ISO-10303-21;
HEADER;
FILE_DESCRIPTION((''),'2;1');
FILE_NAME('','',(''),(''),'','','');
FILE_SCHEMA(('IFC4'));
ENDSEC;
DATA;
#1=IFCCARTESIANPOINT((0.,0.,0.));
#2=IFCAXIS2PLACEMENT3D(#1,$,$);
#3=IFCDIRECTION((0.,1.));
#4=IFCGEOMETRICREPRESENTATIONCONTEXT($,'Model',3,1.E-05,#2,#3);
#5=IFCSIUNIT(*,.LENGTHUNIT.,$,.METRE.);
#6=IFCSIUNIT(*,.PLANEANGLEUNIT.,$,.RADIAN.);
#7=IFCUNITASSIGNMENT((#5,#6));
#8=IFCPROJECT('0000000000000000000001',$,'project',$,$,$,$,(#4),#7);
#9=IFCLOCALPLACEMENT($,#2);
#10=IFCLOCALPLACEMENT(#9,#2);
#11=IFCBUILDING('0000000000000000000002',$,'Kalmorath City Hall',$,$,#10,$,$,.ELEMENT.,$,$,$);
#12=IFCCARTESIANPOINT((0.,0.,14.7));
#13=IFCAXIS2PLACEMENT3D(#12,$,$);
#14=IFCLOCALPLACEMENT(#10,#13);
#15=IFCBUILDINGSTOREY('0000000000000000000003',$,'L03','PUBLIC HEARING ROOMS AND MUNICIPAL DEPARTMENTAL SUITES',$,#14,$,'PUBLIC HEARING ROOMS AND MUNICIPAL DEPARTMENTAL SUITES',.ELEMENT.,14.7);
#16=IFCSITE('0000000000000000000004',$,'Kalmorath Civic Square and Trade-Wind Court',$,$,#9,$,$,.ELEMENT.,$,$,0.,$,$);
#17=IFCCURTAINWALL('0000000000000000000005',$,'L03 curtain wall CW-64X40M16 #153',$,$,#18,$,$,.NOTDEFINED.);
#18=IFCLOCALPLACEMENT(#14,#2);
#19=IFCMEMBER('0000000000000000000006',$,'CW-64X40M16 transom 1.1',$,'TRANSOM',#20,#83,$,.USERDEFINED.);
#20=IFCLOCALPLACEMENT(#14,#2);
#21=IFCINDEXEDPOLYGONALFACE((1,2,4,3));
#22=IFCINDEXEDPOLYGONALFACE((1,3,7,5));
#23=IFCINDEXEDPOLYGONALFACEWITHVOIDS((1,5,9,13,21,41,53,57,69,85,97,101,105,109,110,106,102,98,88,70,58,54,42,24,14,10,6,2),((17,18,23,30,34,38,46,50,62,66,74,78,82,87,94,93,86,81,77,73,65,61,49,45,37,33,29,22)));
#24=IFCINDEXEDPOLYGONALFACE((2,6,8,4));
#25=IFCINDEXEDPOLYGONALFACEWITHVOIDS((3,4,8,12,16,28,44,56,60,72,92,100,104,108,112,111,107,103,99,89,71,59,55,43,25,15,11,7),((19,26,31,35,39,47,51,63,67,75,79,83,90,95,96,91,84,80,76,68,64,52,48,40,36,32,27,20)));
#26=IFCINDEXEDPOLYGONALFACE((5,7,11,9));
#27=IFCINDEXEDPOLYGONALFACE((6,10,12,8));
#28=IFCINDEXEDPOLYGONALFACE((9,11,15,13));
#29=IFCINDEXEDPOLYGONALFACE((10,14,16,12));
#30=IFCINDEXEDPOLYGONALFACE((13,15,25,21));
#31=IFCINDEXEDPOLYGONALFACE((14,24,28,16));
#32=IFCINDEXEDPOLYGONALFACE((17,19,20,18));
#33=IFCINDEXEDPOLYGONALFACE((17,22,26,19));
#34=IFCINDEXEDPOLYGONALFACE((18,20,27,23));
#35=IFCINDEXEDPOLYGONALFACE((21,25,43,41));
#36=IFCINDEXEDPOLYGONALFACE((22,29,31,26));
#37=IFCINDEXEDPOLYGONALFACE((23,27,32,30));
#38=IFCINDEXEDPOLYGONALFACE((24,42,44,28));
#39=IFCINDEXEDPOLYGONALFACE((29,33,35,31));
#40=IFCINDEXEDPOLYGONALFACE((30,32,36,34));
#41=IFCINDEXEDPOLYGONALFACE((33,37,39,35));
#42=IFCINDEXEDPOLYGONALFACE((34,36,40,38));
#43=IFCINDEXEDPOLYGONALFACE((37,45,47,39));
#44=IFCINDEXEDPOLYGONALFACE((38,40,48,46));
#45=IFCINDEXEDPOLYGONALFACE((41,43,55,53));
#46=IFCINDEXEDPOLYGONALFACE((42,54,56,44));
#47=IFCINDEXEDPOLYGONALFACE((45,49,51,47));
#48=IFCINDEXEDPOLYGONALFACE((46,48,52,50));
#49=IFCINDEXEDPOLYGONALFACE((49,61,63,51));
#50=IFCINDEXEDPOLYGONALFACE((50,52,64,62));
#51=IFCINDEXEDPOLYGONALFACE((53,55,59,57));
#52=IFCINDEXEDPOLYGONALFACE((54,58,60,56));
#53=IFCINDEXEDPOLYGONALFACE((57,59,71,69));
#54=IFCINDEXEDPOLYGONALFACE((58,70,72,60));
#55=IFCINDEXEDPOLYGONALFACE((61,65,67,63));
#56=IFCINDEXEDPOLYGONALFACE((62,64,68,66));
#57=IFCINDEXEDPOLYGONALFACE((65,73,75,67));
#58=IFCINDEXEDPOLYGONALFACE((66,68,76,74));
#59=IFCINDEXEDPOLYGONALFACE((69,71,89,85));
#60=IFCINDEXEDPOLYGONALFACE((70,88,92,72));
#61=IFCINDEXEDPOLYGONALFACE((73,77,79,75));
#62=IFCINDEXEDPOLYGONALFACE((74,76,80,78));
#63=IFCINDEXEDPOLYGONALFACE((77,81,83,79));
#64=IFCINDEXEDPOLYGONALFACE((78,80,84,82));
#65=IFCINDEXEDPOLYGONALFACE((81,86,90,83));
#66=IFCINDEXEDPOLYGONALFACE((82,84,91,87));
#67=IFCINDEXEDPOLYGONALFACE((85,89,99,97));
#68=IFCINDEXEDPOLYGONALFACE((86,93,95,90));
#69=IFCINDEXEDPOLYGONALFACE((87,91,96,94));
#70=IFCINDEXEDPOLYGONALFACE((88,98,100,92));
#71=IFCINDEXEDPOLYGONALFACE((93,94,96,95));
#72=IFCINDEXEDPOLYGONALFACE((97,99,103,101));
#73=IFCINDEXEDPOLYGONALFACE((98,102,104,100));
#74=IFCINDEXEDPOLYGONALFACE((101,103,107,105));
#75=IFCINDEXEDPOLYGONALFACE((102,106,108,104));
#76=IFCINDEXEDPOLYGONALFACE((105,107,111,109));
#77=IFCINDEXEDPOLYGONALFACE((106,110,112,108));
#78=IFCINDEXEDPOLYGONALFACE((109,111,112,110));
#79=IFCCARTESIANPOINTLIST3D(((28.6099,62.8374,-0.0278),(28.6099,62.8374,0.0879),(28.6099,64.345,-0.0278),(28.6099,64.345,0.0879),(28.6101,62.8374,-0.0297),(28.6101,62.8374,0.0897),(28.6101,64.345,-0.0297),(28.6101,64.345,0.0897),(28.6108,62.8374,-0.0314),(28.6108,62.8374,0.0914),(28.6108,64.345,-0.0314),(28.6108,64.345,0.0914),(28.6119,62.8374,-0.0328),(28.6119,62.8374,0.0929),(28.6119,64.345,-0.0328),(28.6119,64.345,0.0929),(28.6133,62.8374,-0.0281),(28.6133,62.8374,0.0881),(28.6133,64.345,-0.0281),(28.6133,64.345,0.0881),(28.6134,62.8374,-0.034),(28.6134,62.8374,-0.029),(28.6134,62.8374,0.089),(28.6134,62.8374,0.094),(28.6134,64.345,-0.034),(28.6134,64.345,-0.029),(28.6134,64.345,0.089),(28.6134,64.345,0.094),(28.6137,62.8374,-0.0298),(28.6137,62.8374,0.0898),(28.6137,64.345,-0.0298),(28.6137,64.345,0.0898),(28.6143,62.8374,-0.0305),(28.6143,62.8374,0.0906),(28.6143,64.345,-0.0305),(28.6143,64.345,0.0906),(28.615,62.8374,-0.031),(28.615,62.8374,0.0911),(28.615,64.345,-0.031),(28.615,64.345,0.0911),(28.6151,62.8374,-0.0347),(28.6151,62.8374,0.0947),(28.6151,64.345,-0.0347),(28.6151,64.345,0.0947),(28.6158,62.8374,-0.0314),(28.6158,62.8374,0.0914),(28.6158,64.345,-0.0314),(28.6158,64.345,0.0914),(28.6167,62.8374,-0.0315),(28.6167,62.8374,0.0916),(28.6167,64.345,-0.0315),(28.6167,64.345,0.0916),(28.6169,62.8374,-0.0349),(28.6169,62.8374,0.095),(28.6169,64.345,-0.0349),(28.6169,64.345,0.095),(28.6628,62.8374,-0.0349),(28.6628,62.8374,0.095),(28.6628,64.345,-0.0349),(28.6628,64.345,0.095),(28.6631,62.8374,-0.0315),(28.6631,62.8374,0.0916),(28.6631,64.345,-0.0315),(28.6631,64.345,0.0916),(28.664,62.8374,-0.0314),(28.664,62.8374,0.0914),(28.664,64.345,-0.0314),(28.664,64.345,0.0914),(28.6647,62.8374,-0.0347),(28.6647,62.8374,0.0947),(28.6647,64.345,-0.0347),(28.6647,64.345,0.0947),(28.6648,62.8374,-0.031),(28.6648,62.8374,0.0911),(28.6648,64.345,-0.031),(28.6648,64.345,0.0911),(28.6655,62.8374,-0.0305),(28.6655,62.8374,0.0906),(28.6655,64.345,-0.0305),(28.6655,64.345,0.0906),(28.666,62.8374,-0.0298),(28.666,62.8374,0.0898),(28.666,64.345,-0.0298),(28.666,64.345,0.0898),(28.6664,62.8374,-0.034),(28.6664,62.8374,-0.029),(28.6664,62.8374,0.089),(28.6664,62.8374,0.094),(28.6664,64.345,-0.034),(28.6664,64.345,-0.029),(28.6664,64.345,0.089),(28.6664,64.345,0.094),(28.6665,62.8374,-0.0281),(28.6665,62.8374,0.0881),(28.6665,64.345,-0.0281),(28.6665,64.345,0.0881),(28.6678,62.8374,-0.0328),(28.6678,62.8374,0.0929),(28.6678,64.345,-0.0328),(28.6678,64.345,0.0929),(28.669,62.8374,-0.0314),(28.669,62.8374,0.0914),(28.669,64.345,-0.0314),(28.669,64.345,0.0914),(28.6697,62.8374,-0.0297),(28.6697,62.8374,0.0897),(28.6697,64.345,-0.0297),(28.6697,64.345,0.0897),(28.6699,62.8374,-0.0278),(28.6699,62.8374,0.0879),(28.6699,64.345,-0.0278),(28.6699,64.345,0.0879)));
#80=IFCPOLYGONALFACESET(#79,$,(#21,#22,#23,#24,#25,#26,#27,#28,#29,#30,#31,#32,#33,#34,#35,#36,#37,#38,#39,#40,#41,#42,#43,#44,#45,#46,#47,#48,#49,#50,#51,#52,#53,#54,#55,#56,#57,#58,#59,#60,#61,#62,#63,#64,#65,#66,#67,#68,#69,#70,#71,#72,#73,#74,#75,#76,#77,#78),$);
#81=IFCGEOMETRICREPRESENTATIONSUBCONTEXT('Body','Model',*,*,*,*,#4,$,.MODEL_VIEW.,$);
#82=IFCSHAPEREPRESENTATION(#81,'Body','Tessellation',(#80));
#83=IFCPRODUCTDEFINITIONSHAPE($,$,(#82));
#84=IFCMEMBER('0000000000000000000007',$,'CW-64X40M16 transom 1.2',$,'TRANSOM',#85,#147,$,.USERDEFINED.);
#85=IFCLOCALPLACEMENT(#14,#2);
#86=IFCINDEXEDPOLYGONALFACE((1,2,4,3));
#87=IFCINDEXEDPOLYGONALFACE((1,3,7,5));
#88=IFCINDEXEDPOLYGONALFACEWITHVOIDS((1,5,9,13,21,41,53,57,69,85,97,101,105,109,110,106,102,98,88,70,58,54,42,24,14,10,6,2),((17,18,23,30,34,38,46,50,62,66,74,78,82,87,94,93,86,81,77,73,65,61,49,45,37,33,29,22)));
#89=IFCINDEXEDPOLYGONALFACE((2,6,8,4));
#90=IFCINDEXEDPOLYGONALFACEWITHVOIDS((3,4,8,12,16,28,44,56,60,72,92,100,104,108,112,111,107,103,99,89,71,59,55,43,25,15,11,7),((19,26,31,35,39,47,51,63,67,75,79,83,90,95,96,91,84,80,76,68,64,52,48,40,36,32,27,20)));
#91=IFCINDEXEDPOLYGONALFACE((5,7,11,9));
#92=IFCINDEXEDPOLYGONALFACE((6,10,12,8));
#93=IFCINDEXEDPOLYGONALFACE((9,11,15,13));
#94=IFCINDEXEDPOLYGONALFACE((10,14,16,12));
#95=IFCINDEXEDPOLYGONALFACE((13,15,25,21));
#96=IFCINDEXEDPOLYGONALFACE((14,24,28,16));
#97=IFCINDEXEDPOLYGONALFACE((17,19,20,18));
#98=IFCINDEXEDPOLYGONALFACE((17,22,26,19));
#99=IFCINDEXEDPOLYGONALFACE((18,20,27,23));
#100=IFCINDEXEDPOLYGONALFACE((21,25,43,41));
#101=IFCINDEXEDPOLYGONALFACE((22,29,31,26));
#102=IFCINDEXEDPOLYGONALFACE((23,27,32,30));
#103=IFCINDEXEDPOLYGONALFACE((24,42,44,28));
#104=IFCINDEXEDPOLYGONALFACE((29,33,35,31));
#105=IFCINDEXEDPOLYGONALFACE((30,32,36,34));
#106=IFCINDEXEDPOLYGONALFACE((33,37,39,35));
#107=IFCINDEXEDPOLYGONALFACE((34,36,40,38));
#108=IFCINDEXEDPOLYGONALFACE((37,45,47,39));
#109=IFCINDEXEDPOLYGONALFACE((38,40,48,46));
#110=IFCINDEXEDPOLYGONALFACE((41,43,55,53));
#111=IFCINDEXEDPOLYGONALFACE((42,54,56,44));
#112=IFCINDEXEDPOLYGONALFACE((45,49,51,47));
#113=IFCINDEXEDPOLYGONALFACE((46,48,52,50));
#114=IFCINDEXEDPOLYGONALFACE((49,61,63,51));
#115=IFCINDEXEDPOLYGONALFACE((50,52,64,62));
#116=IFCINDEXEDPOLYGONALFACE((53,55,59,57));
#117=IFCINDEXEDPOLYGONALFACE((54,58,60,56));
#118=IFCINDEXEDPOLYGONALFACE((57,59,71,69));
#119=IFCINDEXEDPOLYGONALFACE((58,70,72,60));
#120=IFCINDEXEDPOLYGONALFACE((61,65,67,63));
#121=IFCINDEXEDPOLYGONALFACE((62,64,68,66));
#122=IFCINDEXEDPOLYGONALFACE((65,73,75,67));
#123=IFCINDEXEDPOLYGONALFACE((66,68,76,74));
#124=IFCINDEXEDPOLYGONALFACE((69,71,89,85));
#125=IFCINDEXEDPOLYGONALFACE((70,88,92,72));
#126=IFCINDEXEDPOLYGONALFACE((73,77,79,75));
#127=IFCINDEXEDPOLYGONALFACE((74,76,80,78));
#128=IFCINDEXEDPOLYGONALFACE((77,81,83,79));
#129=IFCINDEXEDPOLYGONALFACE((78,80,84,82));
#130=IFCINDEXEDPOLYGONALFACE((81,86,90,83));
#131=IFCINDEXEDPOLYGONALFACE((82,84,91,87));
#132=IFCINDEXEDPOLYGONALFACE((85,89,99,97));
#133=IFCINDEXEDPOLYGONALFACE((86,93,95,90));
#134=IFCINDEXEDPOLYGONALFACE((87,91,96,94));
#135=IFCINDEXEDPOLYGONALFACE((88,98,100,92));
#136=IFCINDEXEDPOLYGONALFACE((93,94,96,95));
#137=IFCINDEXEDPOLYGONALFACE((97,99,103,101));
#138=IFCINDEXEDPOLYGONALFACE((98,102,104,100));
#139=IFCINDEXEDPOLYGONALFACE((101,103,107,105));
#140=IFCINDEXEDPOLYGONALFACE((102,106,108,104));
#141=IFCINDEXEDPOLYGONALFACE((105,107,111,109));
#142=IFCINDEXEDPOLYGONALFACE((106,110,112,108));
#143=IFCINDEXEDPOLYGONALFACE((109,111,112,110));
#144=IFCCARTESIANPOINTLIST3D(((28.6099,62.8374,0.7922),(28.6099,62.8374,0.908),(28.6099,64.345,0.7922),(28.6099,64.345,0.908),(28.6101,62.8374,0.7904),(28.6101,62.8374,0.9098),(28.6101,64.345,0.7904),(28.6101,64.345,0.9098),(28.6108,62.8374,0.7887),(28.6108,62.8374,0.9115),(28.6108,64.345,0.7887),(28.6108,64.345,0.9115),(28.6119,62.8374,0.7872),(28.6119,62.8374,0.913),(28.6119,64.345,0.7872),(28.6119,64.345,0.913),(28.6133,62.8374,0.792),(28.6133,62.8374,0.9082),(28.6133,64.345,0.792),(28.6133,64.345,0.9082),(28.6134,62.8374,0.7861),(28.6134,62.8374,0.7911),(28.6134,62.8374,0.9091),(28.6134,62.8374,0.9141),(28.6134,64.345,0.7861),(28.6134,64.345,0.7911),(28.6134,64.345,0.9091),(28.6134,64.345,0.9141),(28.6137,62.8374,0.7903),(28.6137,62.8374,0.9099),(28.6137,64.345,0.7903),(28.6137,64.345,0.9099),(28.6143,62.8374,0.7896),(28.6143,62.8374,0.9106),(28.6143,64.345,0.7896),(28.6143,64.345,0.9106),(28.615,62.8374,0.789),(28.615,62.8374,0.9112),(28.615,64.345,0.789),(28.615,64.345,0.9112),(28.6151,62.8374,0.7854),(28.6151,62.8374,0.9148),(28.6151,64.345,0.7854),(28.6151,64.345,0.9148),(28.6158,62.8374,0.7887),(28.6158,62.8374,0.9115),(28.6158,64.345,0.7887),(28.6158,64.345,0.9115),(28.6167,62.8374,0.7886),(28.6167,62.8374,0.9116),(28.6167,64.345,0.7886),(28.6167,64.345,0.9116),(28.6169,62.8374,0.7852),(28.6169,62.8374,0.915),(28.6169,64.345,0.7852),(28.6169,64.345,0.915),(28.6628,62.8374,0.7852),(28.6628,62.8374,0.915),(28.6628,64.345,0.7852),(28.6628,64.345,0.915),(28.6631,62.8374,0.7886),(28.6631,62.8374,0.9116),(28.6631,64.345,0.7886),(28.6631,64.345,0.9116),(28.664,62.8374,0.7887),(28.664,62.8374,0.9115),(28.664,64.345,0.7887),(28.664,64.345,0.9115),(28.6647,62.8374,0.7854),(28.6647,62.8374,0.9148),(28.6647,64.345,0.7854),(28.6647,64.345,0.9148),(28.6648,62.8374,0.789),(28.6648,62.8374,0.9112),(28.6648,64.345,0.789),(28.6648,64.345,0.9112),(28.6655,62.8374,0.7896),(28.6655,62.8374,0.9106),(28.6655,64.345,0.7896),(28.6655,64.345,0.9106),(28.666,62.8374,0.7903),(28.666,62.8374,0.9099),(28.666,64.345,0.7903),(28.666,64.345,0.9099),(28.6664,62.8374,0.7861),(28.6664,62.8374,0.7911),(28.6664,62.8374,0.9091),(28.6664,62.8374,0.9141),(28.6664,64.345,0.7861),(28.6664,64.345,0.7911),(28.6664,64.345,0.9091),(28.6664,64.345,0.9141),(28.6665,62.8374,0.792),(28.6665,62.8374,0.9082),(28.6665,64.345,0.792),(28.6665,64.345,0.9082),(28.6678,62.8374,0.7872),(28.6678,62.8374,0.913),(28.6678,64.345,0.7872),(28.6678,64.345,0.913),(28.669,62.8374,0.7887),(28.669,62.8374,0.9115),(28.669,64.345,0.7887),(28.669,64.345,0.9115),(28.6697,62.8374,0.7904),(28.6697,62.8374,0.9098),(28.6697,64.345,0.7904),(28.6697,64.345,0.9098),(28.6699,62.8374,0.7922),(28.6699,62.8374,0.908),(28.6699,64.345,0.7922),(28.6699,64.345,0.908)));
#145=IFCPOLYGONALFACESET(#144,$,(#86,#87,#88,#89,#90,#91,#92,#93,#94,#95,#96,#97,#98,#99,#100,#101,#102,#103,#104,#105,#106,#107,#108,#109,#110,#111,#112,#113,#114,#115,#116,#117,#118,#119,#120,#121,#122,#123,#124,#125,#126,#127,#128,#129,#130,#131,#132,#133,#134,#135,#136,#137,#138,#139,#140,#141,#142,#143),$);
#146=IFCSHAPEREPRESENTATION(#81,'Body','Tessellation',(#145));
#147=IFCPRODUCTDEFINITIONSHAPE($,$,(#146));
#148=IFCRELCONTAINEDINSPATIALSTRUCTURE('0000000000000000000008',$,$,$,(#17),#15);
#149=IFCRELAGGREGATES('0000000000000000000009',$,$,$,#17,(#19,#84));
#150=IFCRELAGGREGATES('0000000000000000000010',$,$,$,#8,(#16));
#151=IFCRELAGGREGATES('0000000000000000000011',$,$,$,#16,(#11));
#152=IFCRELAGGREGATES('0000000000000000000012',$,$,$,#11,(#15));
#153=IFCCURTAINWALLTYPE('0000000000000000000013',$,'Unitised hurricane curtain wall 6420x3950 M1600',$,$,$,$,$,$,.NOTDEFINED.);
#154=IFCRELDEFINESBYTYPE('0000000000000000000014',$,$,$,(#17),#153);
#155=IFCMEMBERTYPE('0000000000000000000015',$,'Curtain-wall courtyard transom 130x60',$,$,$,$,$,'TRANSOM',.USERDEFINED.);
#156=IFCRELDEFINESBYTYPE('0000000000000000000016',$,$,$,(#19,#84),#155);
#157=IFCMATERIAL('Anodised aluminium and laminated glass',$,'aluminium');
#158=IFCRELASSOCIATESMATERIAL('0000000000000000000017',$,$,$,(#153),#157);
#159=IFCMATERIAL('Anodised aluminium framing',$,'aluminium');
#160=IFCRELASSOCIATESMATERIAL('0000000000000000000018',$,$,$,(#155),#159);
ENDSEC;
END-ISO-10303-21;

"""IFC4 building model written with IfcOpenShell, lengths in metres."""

from ifc_helpers import new_model, si_unit, direction, frame, origin, origin_2d, place, context, subcontext, project, spatial, hollow_rectangle, extrude, material, material_profile, profile_set, type_object, element, aggregate, save


model = new_model("IFC4")

# Units and contexts
model_context = context("Model", 3, precision=1e-05, world=origin(), true_north=direction((0.0, 1.0)))
body_context = subcontext(model_context, "Body", "Model", "MODEL_VIEW")
ifc_project = project(units=[si_unit("LENGTHUNIT", "METRE"), si_unit("PLANEANGLEUNIT", "RADIAN")], contexts=[model_context])

# Site, building, storey
site_placement = place(None, origin())
site = spatial("IfcSite", under=ifc_project, at=site_placement, Name="Kalmorath Civic Square and Trade-Wind Court", CompositionType="ELEMENT", RefElevation=0.0)
building_placement = place(site_placement, origin())
building = spatial("IfcBuilding", under=site, at=building_placement, Name="Kalmorath City Hall", CompositionType="ELEMENT")
storey_placement = place(building_placement, frame((0.0, 0.0, 14.7)))
storey = spatial("IfcBuildingStorey", under=building, at=storey_placement, Name="L03", Description="PUBLIC HEARING ROOMS AND MUNICIPAL DEPARTMENTAL SUITES", LongName="PUBLIC HEARING ROOMS AND MUNICIPAL DEPARTMENTAL SUITES", CompositionType="ELEMENT", Elevation=14.7)

# Curtain wall, members
ifc_material_1 = material(Name="Anodised aluminium and laminated glass", Category="aluminium")
curtain_wall_type = type_object("IfcCurtainWallType", Name="Unitised hurricane curtain wall 6420x3950 M1600", PredefinedType="NOTDEFINED", material=ifc_material_1)
curtain_wall_placement = place(storey_placement, origin())
curtain_wall = element("IfcCurtainWall", 1, at=curtain_wall_placement, inside=storey, type_object=curtain_wall_type, Name="L03 curtain wall CW-64X40M16 #153", PredefinedType="NOTDEFINED")
ifc_material_2 = material(Name="Anodised aluminium framing", Category="aluminium")
ifc_material_profile_1 = material_profile(ifc_material_2, hollow_rectangle(XDim=0.0601, YDim=0.1299, WallThickness=0.0034, InnerFilletRadius=0.0034, OuterFilletRadius=0.0071, at=origin_2d()), Name="ALU-TRN-130X60X3.5")
ifc_profile_set_1 = profile_set([ifc_material_profile_1], Name="Anodised aluminium framing")
member_type_1 = type_object("IfcMemberType", Name="Curtain-wall courtyard transom 130x60", ElementType="TRANSOM", PredefinedType="USERDEFINED", material=ifc_profile_set_1)
member_1_placement = place(storey_placement, frame((28.6399, 64.345, 0.03), z_axis=(0.0, -1.0, 0.0), x_axis=(1.0, 0.0, 0.0)))
member_1 = element("IfcMember", 2, at=member_1_placement, type_object=member_type_1, Name="CW-64X40M16 transom 1.1", ObjectType="TRANSOM", PredefinedType="USERDEFINED", context=body_context, shape_type="SweptSolid", body=[
    extrude(hollow_rectangle(XDim=0.0601, YDim=0.1299, WallThickness=0.0034, InnerFilletRadius=0.0034, OuterFilletRadius=0.0071, at=origin_2d()), origin(), (0.0, 0.0, 1.0), 1.5076),
])
member_2_placement = place(storey_placement, frame((28.6399, 64.345, 0.8501), z_axis=(0.0, -1.0, 0.0), x_axis=(1.0, 0.0, 0.0)))
member_2 = element("IfcMember", 3, at=member_2_placement, type_object=member_type_1, Name="CW-64X40M16 transom 1.2", ObjectType="TRANSOM", PredefinedType="USERDEFINED", context=body_context, shape_type="SweptSolid", body=[
    extrude(hollow_rectangle(XDim=0.0601, YDim=0.1299, WallThickness=0.0034, InnerFilletRadius=0.0034, OuterFilletRadius=0.0071, at=origin_2d()), origin(), (0.0, 0.0, 1.0), 1.5076),
])

aggregate(curtain_wall, [member_1, member_2])

save(model, "model.ifc")
